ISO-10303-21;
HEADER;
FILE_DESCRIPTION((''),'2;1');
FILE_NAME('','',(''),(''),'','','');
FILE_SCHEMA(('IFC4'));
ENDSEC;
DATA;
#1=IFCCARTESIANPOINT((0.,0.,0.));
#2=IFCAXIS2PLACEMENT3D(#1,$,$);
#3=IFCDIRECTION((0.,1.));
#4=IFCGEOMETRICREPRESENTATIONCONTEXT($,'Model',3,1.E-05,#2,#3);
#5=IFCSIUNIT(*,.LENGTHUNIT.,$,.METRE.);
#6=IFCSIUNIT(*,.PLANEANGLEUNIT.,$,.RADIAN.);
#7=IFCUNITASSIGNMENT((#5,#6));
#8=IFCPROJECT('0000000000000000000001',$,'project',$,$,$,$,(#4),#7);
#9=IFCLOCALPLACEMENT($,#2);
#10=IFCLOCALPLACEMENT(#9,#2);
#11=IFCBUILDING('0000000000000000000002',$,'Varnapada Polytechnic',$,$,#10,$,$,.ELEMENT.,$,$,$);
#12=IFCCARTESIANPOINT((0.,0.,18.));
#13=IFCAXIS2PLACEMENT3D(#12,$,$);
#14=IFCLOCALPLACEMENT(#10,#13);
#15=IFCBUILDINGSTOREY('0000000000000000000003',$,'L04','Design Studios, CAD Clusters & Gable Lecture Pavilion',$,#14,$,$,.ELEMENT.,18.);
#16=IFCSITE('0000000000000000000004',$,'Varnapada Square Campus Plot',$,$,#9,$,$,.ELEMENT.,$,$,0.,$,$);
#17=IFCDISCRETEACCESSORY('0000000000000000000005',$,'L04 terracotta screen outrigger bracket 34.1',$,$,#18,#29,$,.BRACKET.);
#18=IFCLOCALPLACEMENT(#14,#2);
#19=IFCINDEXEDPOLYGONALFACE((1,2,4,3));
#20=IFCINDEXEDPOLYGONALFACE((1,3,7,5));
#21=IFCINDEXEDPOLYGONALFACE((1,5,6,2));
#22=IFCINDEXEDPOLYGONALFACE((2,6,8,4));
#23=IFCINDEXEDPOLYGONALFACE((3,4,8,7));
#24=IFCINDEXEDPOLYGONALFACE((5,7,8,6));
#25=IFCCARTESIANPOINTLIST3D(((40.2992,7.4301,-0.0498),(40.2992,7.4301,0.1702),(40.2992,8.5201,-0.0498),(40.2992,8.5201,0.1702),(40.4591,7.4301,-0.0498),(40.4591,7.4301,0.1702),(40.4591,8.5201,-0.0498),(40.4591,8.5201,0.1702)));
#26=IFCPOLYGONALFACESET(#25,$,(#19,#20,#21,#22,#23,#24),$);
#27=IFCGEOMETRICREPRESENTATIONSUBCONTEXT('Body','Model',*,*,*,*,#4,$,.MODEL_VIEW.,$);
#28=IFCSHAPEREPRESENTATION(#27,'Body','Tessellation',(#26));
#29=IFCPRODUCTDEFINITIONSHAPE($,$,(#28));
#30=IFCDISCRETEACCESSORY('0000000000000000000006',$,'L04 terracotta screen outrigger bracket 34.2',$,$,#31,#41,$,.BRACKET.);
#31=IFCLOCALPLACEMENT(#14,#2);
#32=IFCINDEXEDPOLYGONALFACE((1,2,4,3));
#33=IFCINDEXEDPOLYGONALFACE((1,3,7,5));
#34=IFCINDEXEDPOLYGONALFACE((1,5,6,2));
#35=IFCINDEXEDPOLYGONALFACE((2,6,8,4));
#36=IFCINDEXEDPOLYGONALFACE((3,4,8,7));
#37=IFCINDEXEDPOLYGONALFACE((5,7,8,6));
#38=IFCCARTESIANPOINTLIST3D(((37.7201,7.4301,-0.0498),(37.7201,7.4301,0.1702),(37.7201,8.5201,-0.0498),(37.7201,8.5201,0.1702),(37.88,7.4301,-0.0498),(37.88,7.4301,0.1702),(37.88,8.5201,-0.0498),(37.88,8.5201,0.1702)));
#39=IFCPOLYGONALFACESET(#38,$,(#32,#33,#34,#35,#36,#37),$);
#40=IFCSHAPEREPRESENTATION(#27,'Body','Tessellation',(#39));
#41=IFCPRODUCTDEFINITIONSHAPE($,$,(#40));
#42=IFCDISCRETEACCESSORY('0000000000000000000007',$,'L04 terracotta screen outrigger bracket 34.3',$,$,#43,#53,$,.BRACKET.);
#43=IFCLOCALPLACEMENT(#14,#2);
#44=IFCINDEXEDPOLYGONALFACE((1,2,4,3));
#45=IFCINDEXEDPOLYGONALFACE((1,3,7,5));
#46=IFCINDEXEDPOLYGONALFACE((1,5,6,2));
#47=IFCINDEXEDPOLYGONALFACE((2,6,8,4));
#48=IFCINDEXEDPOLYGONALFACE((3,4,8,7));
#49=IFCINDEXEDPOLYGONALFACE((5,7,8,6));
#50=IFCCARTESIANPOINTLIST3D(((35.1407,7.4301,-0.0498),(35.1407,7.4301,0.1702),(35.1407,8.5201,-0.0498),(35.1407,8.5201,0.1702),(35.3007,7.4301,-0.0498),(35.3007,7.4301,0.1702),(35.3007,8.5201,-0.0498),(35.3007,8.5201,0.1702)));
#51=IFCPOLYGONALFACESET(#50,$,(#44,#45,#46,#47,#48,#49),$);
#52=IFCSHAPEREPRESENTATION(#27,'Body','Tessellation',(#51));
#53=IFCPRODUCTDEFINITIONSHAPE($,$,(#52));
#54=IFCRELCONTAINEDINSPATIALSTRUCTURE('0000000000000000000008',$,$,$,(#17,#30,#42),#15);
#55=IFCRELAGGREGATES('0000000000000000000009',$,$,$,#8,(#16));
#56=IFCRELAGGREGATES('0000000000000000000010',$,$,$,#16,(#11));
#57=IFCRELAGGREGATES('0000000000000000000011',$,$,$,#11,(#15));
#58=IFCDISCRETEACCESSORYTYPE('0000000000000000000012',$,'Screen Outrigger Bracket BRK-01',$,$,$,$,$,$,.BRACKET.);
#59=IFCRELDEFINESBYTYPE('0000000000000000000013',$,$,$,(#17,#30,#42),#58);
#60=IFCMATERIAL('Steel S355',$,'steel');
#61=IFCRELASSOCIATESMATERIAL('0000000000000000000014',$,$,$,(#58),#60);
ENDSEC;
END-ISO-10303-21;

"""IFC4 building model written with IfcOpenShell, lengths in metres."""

from ifc_helpers import new_model, si_unit, direction, frame, origin, origin_2d, place, context, subcontext, project, spatial, rectangle, extrude, material, type_object, element, save


model = new_model("IFC4")

# Units and contexts
model_context = context("Model", 3, precision=1e-05, world=origin(), true_north=direction((0.0, 1.0)))
body_context = subcontext(model_context, "Body", "Model", "MODEL_VIEW")
ifc_project = project(units=[si_unit("LENGTHUNIT", "METRE"), si_unit("PLANEANGLEUNIT", "RADIAN")], contexts=[model_context])

# Site, building, storey
site_placement = place(None, origin())
site = spatial("IfcSite", under=ifc_project, at=site_placement, Name="Varnapada Square Campus Plot", CompositionType="ELEMENT", RefElevation=0.0)
building_placement = place(site_placement, origin())
building = spatial("IfcBuilding", under=site, at=building_placement, Name="Varnapada Polytechnic", CompositionType="ELEMENT")
storey_placement = place(building_placement, frame((0.0, 0.0, 18.0)))
storey = spatial("IfcBuildingStorey", under=building, at=storey_placement, Name="L04", Description="Design Studios, CAD Clusters & Gable Lecture Pavilion", CompositionType="ELEMENT", Elevation=18.0)

# Discrete accessories
ifc_material_1 = material(Name="Steel S355", Category="steel")
discrete_accessory_type = type_object("IfcDiscreteAccessoryType", Name="Screen Outrigger Bracket BRK-01", PredefinedType="BRACKET", material=ifc_material_1)
for number, where, z_axis, x_axis, name in (
    (1, (40.3792, 7.9751, -0.0498), (0.0, 0.0, 1.0), (-1.0, 0.0, 0.0), "L04 terracotta screen outrigger bracket 34.1"),
    (2, (37.8, 7.9751, -0.0498), (0.0, 0.0, 1.0), (-1.0, 0.0, 0.0), "L04 terracotta screen outrigger bracket 34.2"),
    (3, (35.2207, 7.9751, -0.0498), (0.0, 0.0, 1.0), (-1.0, 0.0, 0.0), "L04 terracotta screen outrigger bracket 34.3"),
):
    element("IfcDiscreteAccessory", number, at=place(storey_placement, frame(where, z_axis=z_axis, x_axis=x_axis)), inside=storey, type_object=discrete_accessory_type, Name=name, PredefinedType="BRACKET", context=body_context, shape_type="SweptSolid", body=[
        extrude(rectangle(XDim=0.1599, YDim=1.0901, at=origin_2d()), origin(), (0.0, 0.0, 1.0), 0.22),
    ])

save(model, "model.ifc")
